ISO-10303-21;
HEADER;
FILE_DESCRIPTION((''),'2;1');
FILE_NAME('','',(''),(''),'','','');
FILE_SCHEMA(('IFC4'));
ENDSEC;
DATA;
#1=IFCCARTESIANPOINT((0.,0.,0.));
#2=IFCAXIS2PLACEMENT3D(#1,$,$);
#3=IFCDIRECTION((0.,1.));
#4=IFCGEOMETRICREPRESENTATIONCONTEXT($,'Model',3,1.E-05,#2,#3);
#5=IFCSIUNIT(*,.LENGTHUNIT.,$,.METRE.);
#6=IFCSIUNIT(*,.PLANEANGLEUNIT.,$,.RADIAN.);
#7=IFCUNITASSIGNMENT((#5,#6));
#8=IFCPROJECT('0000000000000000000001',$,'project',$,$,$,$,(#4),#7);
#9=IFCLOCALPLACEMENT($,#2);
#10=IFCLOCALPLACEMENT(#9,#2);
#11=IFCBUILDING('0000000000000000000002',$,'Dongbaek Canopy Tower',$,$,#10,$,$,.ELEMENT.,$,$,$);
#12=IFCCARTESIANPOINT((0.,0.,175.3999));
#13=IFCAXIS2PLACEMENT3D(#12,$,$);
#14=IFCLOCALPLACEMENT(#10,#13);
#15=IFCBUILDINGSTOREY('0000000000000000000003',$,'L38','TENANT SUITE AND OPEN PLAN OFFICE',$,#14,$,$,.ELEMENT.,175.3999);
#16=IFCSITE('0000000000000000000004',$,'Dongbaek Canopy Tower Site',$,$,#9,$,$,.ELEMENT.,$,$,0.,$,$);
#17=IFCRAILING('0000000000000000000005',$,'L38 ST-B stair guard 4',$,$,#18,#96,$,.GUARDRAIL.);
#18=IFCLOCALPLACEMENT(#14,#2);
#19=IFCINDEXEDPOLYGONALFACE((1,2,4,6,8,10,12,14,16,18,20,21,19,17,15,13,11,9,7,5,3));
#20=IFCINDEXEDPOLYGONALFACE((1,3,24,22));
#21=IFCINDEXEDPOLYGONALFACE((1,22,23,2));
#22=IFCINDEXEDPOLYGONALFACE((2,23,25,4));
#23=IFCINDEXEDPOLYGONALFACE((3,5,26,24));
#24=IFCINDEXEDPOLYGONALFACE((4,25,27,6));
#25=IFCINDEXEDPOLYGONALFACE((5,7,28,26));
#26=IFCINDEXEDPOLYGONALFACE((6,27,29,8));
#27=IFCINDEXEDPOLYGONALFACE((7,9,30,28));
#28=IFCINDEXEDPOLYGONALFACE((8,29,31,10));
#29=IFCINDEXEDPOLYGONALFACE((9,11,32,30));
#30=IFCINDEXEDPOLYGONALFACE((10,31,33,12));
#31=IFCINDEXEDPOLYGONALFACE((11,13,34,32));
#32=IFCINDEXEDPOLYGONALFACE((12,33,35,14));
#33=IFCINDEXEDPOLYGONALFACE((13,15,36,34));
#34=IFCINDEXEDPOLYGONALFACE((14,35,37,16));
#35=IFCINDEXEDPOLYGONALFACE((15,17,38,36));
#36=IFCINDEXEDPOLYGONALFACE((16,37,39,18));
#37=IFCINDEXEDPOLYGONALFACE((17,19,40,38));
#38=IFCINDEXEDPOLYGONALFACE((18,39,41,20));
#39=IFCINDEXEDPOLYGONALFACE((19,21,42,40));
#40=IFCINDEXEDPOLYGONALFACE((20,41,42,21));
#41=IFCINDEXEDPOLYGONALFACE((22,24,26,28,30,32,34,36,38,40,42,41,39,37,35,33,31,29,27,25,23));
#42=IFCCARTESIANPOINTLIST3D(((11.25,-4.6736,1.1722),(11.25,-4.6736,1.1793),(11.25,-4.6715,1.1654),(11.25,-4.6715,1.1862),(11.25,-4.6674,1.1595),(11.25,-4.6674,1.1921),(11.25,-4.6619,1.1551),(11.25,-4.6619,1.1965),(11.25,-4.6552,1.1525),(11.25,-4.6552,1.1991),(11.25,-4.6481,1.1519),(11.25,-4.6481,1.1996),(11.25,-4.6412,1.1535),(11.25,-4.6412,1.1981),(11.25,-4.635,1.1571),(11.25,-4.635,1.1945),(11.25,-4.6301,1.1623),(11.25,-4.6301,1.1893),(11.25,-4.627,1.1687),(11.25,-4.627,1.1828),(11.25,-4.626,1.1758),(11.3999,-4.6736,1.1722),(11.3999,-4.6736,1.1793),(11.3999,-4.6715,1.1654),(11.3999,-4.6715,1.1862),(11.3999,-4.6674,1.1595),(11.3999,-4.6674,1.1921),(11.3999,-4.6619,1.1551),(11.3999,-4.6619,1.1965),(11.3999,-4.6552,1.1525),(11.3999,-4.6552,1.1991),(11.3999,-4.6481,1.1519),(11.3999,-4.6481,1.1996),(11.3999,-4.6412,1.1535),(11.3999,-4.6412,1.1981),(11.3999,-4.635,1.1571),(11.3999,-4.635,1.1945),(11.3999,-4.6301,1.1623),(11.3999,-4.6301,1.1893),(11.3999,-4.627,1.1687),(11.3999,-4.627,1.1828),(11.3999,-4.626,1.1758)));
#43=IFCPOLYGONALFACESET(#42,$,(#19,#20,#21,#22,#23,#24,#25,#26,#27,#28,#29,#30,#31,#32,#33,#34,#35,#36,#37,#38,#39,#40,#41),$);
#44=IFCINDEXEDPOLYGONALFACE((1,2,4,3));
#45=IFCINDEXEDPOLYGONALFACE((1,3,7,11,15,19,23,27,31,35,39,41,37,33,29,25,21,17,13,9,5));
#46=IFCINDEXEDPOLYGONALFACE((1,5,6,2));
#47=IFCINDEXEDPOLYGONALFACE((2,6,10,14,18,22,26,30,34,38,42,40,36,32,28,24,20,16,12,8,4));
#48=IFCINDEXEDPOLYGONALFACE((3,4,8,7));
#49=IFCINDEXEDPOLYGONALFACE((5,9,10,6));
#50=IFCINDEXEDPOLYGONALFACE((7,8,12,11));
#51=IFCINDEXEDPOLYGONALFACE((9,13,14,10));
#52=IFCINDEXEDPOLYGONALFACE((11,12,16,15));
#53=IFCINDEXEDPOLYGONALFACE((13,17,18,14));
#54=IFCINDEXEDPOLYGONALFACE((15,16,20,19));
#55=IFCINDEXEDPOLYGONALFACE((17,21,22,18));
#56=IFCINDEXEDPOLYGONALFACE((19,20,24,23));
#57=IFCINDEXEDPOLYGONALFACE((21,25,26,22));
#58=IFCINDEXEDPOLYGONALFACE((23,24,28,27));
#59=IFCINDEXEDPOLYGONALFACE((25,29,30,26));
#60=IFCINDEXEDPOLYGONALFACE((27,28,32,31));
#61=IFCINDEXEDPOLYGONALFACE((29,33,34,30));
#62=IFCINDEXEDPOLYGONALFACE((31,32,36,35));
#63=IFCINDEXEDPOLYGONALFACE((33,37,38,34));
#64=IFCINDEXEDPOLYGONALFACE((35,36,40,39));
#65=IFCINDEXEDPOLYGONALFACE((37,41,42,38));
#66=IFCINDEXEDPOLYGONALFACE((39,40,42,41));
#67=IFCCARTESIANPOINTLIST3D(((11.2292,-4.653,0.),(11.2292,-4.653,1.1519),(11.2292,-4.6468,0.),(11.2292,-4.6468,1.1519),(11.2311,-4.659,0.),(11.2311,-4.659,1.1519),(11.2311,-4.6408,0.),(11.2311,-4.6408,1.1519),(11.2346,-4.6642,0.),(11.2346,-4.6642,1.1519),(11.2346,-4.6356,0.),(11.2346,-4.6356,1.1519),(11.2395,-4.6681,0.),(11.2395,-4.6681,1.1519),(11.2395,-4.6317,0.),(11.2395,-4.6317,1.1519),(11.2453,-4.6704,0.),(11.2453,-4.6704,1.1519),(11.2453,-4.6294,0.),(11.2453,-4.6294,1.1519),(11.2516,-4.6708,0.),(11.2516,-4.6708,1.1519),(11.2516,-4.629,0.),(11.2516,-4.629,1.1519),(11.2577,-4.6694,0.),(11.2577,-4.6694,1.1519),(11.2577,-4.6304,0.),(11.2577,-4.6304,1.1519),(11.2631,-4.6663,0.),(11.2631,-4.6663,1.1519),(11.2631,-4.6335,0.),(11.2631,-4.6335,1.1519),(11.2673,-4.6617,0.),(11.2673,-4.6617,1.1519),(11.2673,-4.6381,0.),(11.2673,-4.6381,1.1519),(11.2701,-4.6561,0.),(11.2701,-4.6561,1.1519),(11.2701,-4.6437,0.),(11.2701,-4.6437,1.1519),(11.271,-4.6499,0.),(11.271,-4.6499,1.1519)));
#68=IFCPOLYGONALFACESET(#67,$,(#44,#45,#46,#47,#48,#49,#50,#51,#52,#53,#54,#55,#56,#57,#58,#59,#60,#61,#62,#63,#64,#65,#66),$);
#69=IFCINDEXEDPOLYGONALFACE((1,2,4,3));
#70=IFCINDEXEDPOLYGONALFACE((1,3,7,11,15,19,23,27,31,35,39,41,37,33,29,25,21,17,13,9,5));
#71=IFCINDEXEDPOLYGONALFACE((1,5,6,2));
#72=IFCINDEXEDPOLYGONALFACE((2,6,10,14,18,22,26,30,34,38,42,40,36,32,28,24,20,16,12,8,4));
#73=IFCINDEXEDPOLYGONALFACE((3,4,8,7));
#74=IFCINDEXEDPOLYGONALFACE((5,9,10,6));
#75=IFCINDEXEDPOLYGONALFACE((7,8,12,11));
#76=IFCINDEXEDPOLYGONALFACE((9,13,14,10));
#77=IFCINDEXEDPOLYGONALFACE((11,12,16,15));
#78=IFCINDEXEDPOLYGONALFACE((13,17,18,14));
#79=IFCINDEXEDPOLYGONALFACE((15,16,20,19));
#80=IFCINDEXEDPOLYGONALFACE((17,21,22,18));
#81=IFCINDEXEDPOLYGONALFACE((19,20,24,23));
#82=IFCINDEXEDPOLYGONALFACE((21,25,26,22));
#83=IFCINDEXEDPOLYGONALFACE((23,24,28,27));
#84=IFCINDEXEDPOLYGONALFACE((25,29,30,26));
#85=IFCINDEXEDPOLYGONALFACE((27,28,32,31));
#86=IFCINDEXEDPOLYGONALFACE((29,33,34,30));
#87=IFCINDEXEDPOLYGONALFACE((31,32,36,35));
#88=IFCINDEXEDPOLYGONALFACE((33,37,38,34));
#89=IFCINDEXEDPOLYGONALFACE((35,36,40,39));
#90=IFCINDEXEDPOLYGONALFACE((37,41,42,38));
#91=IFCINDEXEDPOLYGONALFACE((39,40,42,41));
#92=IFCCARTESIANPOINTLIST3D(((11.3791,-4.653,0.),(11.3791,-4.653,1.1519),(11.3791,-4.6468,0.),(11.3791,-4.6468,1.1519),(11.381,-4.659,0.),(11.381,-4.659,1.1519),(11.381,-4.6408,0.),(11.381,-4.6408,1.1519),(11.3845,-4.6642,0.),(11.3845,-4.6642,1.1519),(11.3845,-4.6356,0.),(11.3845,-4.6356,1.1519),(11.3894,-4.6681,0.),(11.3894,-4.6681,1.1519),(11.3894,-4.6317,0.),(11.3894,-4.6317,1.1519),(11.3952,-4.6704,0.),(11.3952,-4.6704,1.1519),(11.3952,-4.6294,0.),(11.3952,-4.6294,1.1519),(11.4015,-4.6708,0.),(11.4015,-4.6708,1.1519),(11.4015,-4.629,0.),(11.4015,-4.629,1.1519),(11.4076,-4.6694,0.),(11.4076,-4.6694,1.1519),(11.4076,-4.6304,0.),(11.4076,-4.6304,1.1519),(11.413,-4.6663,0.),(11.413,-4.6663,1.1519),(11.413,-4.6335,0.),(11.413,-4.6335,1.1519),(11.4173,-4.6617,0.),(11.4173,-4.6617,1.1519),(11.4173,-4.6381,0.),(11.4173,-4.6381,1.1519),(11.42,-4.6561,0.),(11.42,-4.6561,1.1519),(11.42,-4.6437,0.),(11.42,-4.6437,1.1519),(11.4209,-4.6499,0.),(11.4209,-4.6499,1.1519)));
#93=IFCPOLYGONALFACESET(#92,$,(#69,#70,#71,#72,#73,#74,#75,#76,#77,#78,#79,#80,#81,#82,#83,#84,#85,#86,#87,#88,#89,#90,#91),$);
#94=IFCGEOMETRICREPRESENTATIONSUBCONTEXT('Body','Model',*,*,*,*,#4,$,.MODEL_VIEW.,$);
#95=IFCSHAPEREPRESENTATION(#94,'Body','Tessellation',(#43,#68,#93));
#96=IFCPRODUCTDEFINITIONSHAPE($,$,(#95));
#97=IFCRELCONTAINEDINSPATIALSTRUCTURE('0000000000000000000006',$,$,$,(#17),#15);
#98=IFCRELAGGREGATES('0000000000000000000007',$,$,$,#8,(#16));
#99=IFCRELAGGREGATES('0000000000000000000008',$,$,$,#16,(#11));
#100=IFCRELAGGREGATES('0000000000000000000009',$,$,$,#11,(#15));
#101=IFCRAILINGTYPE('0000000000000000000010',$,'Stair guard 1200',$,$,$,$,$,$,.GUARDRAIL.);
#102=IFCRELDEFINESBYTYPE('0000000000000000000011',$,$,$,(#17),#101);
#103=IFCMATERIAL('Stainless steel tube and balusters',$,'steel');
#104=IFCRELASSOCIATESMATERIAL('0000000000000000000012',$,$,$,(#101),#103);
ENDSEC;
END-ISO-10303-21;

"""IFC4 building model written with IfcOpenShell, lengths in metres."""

from ifc_helpers import new_model, si_unit, direction, frame, origin, origin_2d, place, context, subcontext, project, spatial, circle, extrude, material, type_object, element, save


model = new_model("IFC4")

# Units and contexts
model_context = context("Model", 3, precision=1e-05, world=origin(), true_north=direction((0.0, 1.0)))
body_context = subcontext(model_context, "Body", "Model", "MODEL_VIEW")
ifc_project = project(units=[si_unit("LENGTHUNIT", "METRE"), si_unit("PLANEANGLEUNIT", "RADIAN")], contexts=[model_context])

# Site, building, storey
site_placement = place(None, origin())
site = spatial("IfcSite", under=ifc_project, at=site_placement, Name="Dongbaek Canopy Tower Site", CompositionType="ELEMENT", RefElevation=0.0)
building_placement = place(site_placement, origin())
building = spatial("IfcBuilding", under=site, at=building_placement, Name="Dongbaek Canopy Tower", CompositionType="ELEMENT")
storey_placement = place(building_placement, frame((0.0, 0.0, 175.3999)))
storey = spatial("IfcBuildingStorey", under=building, at=storey_placement, Name="L38", Description="TENANT SUITE AND OPEN PLAN OFFICE", CompositionType="ELEMENT", Elevation=175.3999)

# Railing
ifc_material_1 = material(Name="Stainless steel tube and balusters", Category="steel")
railing_type_1 = type_object("IfcRailingType", Name="Stair guard 1200", PredefinedType="GUARDRAIL", material=ifc_material_1)
railing_1_placement = place(storey_placement, frame((11.25, -4.6499, 0.0)))
element("IfcRailing", 1, at=railing_1_placement, inside=storey, type_object=railing_type_1, Name="L38 ST-B stair guard 4", PredefinedType="GUARDRAIL", context=body_context, shape_type="SweptSolid", body=[
    extrude(circle(Radius=0.0239, at=origin_2d()), frame((0.0, 0.0, 1.1758), z_axis=(1.0, 0.0, 0.0), x_axis=(0.0, 1.0, 0.0)), (0.0, 0.0, 1.0), 0.1499),
    extrude(circle(Radius=0.021, at=origin_2d()), origin(), (0.0, 0.0, 1.0), 1.1519),
    extrude(circle(Radius=0.021, at=origin_2d()), frame((0.1499, 0.0, 0.0)), (0.0, 0.0, 1.0), 1.1519),
])

save(model, "model.ifc")
